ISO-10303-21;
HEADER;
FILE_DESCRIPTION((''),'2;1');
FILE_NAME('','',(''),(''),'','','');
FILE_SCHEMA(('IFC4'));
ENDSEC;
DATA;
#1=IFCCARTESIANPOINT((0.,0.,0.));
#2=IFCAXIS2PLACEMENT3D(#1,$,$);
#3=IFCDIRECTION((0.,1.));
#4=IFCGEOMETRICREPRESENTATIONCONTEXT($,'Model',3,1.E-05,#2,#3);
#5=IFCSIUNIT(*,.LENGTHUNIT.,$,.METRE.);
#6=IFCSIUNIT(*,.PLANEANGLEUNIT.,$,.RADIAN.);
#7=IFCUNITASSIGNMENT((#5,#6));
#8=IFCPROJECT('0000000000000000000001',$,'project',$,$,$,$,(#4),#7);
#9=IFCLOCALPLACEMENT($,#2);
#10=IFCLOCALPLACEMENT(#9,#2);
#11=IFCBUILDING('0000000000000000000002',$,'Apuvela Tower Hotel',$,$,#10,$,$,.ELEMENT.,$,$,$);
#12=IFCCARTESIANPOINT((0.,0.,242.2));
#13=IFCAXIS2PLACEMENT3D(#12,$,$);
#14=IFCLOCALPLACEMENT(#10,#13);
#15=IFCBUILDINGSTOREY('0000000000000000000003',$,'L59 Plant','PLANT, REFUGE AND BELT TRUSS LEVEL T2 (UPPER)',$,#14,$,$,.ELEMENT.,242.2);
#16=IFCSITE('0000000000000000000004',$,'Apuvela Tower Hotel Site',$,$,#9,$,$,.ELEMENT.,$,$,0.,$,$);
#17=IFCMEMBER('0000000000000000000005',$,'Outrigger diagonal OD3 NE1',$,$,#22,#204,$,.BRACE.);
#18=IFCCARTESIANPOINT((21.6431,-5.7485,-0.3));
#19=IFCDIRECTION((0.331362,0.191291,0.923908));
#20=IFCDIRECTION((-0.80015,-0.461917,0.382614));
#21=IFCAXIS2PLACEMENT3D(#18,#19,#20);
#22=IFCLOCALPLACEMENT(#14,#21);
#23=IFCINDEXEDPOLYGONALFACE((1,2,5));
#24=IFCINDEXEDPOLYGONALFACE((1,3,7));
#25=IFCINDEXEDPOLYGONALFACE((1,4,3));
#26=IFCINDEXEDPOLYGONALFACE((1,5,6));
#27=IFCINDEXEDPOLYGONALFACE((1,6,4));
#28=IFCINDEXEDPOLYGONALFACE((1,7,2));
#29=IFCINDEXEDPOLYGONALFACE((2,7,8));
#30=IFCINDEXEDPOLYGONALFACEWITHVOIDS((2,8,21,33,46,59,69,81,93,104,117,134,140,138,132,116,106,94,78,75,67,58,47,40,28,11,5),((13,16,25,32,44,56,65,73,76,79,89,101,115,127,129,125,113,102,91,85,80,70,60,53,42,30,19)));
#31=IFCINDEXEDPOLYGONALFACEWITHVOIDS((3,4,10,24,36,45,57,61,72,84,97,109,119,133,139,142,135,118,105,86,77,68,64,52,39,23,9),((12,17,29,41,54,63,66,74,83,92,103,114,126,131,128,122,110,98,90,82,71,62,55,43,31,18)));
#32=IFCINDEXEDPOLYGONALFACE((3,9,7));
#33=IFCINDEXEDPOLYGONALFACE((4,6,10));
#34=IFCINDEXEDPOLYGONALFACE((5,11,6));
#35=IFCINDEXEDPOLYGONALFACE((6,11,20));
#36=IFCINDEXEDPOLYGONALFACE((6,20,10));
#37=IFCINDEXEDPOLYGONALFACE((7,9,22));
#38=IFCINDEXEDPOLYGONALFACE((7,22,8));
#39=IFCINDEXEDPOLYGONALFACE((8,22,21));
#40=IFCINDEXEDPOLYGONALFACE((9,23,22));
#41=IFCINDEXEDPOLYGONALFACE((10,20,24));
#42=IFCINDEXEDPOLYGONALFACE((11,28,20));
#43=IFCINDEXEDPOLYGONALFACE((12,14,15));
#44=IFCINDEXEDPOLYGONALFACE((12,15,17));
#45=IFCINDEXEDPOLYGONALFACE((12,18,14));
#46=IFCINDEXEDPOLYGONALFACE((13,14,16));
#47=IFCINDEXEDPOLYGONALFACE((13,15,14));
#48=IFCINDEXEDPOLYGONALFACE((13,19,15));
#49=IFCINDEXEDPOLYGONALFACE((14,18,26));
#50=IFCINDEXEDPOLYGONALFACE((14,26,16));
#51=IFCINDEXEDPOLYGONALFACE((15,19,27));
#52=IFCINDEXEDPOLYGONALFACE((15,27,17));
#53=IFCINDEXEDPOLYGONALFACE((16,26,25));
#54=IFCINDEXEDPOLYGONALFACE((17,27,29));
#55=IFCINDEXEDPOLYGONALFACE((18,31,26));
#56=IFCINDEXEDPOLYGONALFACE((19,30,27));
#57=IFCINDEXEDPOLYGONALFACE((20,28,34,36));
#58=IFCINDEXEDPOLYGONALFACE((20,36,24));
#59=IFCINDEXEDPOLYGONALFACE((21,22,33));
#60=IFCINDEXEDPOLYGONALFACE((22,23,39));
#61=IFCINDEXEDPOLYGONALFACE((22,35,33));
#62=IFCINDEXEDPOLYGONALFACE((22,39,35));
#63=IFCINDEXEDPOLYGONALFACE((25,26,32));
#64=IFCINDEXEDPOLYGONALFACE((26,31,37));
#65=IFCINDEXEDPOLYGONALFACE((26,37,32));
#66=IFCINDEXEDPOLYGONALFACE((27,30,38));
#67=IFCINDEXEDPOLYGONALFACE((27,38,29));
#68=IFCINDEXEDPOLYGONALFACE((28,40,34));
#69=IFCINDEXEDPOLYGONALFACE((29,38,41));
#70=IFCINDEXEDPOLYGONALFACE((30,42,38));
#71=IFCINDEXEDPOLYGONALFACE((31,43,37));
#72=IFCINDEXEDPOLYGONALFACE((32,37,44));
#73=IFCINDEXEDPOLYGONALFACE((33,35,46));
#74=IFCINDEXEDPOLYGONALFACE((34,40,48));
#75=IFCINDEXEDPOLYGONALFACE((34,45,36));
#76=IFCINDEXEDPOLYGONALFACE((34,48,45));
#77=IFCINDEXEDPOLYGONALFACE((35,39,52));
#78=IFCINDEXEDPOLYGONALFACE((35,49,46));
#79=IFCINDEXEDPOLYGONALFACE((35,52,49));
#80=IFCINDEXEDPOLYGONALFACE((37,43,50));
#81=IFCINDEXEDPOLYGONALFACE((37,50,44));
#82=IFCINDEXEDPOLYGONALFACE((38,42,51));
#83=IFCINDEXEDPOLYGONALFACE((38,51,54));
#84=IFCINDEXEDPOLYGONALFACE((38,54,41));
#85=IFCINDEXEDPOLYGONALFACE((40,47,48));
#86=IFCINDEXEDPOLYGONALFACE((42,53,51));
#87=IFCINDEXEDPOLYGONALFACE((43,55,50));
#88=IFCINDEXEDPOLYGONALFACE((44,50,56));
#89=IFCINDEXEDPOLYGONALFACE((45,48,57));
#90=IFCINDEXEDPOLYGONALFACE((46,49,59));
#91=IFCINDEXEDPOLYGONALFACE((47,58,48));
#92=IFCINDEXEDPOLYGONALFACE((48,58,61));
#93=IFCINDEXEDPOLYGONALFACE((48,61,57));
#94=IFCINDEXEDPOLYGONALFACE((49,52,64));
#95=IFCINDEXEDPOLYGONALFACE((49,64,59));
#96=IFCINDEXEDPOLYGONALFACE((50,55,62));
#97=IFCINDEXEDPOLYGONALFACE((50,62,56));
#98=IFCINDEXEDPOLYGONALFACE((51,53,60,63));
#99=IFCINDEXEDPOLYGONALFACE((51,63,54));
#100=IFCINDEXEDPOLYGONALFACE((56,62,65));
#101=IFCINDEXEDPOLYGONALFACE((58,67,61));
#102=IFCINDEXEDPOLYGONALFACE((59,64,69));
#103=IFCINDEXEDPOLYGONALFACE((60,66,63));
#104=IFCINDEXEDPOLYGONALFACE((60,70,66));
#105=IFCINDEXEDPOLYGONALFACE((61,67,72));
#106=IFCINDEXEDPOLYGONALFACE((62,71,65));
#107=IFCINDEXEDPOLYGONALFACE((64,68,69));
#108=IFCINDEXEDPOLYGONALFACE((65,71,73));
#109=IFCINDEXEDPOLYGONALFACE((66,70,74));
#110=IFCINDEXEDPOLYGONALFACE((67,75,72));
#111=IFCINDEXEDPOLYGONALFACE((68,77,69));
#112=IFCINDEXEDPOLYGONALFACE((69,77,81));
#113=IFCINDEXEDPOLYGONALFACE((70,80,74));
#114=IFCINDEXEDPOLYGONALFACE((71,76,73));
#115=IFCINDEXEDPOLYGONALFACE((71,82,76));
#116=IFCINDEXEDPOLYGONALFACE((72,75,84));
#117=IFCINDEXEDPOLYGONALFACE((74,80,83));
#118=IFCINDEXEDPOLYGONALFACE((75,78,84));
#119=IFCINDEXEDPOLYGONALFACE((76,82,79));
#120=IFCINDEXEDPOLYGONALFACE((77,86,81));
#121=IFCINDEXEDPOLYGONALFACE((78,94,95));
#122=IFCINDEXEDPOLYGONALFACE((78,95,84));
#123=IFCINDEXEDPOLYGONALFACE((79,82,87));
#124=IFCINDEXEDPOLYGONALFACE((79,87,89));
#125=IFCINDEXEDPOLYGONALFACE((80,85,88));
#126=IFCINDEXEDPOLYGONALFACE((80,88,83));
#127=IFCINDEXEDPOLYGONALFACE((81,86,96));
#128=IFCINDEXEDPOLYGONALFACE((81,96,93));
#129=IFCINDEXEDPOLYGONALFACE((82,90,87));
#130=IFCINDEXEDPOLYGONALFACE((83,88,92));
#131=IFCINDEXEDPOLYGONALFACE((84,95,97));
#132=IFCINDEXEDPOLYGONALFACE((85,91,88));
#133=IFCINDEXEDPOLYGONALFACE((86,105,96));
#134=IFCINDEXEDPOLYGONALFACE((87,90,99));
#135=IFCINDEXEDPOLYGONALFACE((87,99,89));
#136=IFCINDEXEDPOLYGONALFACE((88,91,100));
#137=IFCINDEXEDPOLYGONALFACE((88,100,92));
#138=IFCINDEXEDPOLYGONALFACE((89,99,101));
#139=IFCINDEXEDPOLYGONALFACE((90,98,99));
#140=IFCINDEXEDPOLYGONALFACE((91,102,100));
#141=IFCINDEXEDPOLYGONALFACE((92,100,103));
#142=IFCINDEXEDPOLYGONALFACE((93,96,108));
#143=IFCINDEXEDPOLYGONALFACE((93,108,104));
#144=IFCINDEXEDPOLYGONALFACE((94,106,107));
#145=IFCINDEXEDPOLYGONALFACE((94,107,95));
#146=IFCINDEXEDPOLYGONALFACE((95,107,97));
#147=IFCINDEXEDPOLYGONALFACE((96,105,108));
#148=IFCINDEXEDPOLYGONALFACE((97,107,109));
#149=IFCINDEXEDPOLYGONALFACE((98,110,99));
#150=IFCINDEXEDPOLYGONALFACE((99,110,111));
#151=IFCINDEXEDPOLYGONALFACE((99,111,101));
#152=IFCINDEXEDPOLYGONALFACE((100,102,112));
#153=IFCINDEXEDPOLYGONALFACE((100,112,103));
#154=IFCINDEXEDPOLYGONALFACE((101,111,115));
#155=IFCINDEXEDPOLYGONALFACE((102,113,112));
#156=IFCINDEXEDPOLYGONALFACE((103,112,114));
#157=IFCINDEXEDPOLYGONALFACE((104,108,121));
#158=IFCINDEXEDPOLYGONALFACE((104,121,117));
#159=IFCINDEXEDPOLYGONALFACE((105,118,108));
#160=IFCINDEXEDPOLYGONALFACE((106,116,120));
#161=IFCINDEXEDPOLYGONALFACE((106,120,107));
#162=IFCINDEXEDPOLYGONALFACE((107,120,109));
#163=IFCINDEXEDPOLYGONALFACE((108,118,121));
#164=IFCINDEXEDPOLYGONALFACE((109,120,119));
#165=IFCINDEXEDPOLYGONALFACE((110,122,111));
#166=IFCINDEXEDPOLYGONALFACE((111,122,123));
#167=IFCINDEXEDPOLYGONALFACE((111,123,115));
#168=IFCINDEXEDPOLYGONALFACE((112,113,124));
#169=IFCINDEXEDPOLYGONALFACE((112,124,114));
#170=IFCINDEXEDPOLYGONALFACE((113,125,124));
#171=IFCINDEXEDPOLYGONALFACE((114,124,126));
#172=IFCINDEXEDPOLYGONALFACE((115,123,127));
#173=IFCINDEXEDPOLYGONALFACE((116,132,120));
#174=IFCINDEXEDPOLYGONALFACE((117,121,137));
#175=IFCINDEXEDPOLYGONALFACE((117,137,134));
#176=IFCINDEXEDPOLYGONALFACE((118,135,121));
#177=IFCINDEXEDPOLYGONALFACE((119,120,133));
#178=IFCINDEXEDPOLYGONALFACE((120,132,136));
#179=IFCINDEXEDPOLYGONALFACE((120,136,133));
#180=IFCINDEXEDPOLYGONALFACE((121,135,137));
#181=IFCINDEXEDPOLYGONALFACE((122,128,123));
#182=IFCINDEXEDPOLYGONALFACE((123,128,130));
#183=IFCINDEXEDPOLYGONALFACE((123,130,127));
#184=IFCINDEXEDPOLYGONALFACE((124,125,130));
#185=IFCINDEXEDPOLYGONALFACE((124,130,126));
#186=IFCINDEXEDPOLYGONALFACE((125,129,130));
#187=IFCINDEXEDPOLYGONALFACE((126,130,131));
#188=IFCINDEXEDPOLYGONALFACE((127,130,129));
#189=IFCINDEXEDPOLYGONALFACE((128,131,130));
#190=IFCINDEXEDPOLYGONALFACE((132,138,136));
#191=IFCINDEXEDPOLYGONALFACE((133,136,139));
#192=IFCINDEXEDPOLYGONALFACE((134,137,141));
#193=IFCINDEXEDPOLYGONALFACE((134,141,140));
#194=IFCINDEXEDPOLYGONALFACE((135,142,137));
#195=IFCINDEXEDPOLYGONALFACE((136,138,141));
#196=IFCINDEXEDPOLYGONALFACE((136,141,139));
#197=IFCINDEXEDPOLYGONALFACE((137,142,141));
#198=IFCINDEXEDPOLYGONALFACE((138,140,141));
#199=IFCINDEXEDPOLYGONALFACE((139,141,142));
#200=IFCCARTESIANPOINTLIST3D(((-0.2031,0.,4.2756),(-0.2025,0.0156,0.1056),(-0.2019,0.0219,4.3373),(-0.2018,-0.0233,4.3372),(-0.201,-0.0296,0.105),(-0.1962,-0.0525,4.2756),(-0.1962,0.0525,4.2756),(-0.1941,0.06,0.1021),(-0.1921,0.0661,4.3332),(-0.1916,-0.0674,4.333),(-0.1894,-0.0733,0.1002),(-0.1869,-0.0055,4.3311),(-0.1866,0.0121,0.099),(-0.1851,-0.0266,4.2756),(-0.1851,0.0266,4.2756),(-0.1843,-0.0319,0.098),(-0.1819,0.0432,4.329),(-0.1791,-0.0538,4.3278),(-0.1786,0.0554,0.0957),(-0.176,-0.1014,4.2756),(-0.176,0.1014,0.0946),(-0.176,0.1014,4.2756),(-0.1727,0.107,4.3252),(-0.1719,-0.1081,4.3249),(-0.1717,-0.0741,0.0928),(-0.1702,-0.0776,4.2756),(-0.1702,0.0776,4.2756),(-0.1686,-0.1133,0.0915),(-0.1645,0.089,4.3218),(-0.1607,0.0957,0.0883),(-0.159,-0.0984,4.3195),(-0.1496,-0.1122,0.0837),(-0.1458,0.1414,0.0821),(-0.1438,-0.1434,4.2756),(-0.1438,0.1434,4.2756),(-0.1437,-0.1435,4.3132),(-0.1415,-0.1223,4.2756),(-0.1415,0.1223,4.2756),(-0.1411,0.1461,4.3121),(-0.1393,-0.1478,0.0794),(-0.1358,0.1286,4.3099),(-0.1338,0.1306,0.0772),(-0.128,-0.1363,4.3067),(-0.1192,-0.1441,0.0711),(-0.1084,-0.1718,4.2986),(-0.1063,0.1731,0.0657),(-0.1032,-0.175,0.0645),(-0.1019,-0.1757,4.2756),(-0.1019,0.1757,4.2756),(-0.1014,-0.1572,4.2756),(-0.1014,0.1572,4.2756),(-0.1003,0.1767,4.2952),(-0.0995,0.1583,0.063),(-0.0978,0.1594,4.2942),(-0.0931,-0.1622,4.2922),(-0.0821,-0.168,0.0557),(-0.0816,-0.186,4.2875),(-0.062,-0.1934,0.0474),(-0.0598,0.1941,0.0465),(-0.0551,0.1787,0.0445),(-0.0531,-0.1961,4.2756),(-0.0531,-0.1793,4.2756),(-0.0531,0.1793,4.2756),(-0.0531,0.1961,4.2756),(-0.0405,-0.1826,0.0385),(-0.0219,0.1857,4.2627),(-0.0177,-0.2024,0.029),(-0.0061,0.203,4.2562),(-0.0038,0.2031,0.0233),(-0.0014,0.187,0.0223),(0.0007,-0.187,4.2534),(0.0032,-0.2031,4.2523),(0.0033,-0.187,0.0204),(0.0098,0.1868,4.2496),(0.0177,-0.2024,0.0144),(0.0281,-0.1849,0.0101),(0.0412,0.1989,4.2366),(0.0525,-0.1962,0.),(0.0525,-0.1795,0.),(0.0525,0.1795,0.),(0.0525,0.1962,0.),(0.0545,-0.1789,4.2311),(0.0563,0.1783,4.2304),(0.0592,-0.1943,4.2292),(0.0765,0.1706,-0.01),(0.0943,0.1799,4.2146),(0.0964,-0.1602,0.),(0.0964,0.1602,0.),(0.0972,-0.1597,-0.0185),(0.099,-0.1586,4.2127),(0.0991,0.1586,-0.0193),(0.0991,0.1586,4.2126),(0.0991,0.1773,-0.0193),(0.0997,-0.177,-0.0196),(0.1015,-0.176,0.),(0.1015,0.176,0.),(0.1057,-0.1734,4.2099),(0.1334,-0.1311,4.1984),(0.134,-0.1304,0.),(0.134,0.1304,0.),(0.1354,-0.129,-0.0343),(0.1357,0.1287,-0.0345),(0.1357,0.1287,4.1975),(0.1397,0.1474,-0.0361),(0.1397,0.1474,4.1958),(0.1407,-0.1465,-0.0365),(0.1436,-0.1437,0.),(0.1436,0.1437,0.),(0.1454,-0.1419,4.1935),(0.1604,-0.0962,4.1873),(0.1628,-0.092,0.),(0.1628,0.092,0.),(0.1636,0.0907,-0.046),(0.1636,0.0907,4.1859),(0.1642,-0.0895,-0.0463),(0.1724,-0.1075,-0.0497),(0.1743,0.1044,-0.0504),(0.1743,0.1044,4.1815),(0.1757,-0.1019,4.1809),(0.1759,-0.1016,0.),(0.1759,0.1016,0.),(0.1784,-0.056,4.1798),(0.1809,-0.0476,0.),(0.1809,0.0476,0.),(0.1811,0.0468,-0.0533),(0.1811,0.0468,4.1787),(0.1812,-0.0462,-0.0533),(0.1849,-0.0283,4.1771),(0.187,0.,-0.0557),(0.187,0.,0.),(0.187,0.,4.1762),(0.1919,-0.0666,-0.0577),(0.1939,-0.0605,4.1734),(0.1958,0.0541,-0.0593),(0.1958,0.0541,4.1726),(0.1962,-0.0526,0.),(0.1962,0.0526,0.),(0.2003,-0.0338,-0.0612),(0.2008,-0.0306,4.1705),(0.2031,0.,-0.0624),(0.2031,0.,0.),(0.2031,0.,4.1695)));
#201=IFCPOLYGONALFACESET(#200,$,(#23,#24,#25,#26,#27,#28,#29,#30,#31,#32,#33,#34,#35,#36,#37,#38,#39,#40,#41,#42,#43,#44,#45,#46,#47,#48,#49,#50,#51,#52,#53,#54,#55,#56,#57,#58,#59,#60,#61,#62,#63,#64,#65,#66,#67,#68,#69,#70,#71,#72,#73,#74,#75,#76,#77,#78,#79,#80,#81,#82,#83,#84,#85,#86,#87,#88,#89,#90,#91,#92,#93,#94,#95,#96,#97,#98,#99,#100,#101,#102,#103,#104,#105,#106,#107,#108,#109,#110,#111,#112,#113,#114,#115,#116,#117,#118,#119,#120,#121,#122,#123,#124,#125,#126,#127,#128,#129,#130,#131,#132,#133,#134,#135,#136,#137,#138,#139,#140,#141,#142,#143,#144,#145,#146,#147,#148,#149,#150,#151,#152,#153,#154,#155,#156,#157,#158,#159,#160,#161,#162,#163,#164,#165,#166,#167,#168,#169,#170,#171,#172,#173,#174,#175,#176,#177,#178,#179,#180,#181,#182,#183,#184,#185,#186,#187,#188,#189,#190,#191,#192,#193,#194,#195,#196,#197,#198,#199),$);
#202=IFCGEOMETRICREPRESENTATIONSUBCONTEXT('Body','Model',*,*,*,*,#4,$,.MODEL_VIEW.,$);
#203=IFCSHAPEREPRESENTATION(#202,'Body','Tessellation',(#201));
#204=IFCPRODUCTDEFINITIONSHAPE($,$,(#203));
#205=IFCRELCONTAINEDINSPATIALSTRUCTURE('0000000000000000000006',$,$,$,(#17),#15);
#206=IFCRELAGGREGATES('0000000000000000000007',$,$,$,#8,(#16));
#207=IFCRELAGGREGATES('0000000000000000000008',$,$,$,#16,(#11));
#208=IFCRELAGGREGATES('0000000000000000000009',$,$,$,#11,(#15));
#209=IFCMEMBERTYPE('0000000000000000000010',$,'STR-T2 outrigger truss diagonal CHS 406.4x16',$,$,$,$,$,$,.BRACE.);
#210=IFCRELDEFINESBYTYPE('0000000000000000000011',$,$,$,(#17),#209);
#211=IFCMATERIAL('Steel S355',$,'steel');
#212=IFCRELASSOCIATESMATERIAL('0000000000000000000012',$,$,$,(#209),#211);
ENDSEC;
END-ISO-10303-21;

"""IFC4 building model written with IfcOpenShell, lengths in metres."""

from ifc_helpers import new_model, si_unit, direction, frame, origin, origin_2d, place, context, subcontext, project, spatial, hollow_circle, extrude, boolean, halfspace, material, material_profile, profile_set, type_object, element, save


model = new_model("IFC4")

# Units and contexts
model_context = context("Model", 3, precision=1e-05, world=origin(), true_north=direction((0.0, 1.0)))
body_context = subcontext(model_context, "Body", "Model", "MODEL_VIEW")
ifc_project = project(units=[si_unit("LENGTHUNIT", "METRE"), si_unit("PLANEANGLEUNIT", "RADIAN")], contexts=[model_context])

# Site, building, storey
site_placement = place(None, origin())
site = spatial("IfcSite", under=ifc_project, at=site_placement, Name="Apuvela Tower Hotel Site", CompositionType="ELEMENT", RefElevation=0.0)
building_placement = place(site_placement, origin())
building = spatial("IfcBuilding", under=site, at=building_placement, Name="Apuvela Tower Hotel", CompositionType="ELEMENT")
storey_placement = place(building_placement, frame((0.0, 0.0, 242.2)))
storey = spatial("IfcBuildingStorey", under=building, at=storey_placement, Name="L59 Plant", Description="PLANT, REFUGE AND BELT TRUSS LEVEL T2 (UPPER)", CompositionType="ELEMENT", Elevation=242.2)

# Shared definitions
ifc_material_1 = material(Name="Steel S355", Category="steel")

# Member
ifc_material_profile_1 = material_profile(ifc_material_1, hollow_circle(Radius=0.2031, WallThickness=0.0161, at=origin_2d()), Name="CHS 406.4x16")
ifc_profile_set_1 = profile_set([ifc_material_profile_1], Name="Steel S355")
member_type = type_object("IfcMemberType", Name="STR-T2 outrigger truss diagonal CHS 406.4x16", PredefinedType="BRACE", material=ifc_profile_set_1)
member_placement = place(storey_placement, frame((21.6431, -5.7485, -0.3), z_axis=(0.331362, 0.191291, 0.923908), x_axis=(-0.80015, -0.461917, 0.382614)))
solid = boolean("DIFFERENCE", boolean("DIFFERENCE", extrude(hollow_circle(Radius=0.2031, WallThickness=0.0161, at=origin_2d()), frame((0.0, 0.0, -0.2041)), (0.0, 0.0, 1.0), 4.6838), halfspace(frame((0.0, 0.0, 0.0217), z_axis=(0.382614, 0.0, 0.923908), x_axis=(0.923908, 0.0, -0.382614)), True)), halfspace(frame((0.0, 0.0, 4.2537), z_axis=(0.382614, 0.0, 0.923908), x_axis=(0.923908, 0.0, -0.382614)), False))
element("IfcMember", 1, at=member_placement, inside=storey, type_object=member_type, Name="Outrigger diagonal OD3 NE1", PredefinedType="BRACE", context=body_context, shape_type="SweptSolid", body=[
    boolean("UNION", boolean("DIFFERENCE", boolean("DIFFERENCE", extrude(hollow_circle(Radius=0.2031, WallThickness=0.0161, at=origin_2d()), origin(), (0.0, 0.0, 1.0), 4.2756), halfspace(frame((0.0, 0.0, 0.0217), z_axis=(0.382614, 0.0, 0.923908), x_axis=(0.923908, 0.0, -0.382614)), True)), halfspace(frame((0.0, 0.0, 4.2537), z_axis=(0.382614, 0.0, 0.923908), x_axis=(0.923908, 0.0, -0.382614)), False)), solid),
])

save(model, "model.ifc")
